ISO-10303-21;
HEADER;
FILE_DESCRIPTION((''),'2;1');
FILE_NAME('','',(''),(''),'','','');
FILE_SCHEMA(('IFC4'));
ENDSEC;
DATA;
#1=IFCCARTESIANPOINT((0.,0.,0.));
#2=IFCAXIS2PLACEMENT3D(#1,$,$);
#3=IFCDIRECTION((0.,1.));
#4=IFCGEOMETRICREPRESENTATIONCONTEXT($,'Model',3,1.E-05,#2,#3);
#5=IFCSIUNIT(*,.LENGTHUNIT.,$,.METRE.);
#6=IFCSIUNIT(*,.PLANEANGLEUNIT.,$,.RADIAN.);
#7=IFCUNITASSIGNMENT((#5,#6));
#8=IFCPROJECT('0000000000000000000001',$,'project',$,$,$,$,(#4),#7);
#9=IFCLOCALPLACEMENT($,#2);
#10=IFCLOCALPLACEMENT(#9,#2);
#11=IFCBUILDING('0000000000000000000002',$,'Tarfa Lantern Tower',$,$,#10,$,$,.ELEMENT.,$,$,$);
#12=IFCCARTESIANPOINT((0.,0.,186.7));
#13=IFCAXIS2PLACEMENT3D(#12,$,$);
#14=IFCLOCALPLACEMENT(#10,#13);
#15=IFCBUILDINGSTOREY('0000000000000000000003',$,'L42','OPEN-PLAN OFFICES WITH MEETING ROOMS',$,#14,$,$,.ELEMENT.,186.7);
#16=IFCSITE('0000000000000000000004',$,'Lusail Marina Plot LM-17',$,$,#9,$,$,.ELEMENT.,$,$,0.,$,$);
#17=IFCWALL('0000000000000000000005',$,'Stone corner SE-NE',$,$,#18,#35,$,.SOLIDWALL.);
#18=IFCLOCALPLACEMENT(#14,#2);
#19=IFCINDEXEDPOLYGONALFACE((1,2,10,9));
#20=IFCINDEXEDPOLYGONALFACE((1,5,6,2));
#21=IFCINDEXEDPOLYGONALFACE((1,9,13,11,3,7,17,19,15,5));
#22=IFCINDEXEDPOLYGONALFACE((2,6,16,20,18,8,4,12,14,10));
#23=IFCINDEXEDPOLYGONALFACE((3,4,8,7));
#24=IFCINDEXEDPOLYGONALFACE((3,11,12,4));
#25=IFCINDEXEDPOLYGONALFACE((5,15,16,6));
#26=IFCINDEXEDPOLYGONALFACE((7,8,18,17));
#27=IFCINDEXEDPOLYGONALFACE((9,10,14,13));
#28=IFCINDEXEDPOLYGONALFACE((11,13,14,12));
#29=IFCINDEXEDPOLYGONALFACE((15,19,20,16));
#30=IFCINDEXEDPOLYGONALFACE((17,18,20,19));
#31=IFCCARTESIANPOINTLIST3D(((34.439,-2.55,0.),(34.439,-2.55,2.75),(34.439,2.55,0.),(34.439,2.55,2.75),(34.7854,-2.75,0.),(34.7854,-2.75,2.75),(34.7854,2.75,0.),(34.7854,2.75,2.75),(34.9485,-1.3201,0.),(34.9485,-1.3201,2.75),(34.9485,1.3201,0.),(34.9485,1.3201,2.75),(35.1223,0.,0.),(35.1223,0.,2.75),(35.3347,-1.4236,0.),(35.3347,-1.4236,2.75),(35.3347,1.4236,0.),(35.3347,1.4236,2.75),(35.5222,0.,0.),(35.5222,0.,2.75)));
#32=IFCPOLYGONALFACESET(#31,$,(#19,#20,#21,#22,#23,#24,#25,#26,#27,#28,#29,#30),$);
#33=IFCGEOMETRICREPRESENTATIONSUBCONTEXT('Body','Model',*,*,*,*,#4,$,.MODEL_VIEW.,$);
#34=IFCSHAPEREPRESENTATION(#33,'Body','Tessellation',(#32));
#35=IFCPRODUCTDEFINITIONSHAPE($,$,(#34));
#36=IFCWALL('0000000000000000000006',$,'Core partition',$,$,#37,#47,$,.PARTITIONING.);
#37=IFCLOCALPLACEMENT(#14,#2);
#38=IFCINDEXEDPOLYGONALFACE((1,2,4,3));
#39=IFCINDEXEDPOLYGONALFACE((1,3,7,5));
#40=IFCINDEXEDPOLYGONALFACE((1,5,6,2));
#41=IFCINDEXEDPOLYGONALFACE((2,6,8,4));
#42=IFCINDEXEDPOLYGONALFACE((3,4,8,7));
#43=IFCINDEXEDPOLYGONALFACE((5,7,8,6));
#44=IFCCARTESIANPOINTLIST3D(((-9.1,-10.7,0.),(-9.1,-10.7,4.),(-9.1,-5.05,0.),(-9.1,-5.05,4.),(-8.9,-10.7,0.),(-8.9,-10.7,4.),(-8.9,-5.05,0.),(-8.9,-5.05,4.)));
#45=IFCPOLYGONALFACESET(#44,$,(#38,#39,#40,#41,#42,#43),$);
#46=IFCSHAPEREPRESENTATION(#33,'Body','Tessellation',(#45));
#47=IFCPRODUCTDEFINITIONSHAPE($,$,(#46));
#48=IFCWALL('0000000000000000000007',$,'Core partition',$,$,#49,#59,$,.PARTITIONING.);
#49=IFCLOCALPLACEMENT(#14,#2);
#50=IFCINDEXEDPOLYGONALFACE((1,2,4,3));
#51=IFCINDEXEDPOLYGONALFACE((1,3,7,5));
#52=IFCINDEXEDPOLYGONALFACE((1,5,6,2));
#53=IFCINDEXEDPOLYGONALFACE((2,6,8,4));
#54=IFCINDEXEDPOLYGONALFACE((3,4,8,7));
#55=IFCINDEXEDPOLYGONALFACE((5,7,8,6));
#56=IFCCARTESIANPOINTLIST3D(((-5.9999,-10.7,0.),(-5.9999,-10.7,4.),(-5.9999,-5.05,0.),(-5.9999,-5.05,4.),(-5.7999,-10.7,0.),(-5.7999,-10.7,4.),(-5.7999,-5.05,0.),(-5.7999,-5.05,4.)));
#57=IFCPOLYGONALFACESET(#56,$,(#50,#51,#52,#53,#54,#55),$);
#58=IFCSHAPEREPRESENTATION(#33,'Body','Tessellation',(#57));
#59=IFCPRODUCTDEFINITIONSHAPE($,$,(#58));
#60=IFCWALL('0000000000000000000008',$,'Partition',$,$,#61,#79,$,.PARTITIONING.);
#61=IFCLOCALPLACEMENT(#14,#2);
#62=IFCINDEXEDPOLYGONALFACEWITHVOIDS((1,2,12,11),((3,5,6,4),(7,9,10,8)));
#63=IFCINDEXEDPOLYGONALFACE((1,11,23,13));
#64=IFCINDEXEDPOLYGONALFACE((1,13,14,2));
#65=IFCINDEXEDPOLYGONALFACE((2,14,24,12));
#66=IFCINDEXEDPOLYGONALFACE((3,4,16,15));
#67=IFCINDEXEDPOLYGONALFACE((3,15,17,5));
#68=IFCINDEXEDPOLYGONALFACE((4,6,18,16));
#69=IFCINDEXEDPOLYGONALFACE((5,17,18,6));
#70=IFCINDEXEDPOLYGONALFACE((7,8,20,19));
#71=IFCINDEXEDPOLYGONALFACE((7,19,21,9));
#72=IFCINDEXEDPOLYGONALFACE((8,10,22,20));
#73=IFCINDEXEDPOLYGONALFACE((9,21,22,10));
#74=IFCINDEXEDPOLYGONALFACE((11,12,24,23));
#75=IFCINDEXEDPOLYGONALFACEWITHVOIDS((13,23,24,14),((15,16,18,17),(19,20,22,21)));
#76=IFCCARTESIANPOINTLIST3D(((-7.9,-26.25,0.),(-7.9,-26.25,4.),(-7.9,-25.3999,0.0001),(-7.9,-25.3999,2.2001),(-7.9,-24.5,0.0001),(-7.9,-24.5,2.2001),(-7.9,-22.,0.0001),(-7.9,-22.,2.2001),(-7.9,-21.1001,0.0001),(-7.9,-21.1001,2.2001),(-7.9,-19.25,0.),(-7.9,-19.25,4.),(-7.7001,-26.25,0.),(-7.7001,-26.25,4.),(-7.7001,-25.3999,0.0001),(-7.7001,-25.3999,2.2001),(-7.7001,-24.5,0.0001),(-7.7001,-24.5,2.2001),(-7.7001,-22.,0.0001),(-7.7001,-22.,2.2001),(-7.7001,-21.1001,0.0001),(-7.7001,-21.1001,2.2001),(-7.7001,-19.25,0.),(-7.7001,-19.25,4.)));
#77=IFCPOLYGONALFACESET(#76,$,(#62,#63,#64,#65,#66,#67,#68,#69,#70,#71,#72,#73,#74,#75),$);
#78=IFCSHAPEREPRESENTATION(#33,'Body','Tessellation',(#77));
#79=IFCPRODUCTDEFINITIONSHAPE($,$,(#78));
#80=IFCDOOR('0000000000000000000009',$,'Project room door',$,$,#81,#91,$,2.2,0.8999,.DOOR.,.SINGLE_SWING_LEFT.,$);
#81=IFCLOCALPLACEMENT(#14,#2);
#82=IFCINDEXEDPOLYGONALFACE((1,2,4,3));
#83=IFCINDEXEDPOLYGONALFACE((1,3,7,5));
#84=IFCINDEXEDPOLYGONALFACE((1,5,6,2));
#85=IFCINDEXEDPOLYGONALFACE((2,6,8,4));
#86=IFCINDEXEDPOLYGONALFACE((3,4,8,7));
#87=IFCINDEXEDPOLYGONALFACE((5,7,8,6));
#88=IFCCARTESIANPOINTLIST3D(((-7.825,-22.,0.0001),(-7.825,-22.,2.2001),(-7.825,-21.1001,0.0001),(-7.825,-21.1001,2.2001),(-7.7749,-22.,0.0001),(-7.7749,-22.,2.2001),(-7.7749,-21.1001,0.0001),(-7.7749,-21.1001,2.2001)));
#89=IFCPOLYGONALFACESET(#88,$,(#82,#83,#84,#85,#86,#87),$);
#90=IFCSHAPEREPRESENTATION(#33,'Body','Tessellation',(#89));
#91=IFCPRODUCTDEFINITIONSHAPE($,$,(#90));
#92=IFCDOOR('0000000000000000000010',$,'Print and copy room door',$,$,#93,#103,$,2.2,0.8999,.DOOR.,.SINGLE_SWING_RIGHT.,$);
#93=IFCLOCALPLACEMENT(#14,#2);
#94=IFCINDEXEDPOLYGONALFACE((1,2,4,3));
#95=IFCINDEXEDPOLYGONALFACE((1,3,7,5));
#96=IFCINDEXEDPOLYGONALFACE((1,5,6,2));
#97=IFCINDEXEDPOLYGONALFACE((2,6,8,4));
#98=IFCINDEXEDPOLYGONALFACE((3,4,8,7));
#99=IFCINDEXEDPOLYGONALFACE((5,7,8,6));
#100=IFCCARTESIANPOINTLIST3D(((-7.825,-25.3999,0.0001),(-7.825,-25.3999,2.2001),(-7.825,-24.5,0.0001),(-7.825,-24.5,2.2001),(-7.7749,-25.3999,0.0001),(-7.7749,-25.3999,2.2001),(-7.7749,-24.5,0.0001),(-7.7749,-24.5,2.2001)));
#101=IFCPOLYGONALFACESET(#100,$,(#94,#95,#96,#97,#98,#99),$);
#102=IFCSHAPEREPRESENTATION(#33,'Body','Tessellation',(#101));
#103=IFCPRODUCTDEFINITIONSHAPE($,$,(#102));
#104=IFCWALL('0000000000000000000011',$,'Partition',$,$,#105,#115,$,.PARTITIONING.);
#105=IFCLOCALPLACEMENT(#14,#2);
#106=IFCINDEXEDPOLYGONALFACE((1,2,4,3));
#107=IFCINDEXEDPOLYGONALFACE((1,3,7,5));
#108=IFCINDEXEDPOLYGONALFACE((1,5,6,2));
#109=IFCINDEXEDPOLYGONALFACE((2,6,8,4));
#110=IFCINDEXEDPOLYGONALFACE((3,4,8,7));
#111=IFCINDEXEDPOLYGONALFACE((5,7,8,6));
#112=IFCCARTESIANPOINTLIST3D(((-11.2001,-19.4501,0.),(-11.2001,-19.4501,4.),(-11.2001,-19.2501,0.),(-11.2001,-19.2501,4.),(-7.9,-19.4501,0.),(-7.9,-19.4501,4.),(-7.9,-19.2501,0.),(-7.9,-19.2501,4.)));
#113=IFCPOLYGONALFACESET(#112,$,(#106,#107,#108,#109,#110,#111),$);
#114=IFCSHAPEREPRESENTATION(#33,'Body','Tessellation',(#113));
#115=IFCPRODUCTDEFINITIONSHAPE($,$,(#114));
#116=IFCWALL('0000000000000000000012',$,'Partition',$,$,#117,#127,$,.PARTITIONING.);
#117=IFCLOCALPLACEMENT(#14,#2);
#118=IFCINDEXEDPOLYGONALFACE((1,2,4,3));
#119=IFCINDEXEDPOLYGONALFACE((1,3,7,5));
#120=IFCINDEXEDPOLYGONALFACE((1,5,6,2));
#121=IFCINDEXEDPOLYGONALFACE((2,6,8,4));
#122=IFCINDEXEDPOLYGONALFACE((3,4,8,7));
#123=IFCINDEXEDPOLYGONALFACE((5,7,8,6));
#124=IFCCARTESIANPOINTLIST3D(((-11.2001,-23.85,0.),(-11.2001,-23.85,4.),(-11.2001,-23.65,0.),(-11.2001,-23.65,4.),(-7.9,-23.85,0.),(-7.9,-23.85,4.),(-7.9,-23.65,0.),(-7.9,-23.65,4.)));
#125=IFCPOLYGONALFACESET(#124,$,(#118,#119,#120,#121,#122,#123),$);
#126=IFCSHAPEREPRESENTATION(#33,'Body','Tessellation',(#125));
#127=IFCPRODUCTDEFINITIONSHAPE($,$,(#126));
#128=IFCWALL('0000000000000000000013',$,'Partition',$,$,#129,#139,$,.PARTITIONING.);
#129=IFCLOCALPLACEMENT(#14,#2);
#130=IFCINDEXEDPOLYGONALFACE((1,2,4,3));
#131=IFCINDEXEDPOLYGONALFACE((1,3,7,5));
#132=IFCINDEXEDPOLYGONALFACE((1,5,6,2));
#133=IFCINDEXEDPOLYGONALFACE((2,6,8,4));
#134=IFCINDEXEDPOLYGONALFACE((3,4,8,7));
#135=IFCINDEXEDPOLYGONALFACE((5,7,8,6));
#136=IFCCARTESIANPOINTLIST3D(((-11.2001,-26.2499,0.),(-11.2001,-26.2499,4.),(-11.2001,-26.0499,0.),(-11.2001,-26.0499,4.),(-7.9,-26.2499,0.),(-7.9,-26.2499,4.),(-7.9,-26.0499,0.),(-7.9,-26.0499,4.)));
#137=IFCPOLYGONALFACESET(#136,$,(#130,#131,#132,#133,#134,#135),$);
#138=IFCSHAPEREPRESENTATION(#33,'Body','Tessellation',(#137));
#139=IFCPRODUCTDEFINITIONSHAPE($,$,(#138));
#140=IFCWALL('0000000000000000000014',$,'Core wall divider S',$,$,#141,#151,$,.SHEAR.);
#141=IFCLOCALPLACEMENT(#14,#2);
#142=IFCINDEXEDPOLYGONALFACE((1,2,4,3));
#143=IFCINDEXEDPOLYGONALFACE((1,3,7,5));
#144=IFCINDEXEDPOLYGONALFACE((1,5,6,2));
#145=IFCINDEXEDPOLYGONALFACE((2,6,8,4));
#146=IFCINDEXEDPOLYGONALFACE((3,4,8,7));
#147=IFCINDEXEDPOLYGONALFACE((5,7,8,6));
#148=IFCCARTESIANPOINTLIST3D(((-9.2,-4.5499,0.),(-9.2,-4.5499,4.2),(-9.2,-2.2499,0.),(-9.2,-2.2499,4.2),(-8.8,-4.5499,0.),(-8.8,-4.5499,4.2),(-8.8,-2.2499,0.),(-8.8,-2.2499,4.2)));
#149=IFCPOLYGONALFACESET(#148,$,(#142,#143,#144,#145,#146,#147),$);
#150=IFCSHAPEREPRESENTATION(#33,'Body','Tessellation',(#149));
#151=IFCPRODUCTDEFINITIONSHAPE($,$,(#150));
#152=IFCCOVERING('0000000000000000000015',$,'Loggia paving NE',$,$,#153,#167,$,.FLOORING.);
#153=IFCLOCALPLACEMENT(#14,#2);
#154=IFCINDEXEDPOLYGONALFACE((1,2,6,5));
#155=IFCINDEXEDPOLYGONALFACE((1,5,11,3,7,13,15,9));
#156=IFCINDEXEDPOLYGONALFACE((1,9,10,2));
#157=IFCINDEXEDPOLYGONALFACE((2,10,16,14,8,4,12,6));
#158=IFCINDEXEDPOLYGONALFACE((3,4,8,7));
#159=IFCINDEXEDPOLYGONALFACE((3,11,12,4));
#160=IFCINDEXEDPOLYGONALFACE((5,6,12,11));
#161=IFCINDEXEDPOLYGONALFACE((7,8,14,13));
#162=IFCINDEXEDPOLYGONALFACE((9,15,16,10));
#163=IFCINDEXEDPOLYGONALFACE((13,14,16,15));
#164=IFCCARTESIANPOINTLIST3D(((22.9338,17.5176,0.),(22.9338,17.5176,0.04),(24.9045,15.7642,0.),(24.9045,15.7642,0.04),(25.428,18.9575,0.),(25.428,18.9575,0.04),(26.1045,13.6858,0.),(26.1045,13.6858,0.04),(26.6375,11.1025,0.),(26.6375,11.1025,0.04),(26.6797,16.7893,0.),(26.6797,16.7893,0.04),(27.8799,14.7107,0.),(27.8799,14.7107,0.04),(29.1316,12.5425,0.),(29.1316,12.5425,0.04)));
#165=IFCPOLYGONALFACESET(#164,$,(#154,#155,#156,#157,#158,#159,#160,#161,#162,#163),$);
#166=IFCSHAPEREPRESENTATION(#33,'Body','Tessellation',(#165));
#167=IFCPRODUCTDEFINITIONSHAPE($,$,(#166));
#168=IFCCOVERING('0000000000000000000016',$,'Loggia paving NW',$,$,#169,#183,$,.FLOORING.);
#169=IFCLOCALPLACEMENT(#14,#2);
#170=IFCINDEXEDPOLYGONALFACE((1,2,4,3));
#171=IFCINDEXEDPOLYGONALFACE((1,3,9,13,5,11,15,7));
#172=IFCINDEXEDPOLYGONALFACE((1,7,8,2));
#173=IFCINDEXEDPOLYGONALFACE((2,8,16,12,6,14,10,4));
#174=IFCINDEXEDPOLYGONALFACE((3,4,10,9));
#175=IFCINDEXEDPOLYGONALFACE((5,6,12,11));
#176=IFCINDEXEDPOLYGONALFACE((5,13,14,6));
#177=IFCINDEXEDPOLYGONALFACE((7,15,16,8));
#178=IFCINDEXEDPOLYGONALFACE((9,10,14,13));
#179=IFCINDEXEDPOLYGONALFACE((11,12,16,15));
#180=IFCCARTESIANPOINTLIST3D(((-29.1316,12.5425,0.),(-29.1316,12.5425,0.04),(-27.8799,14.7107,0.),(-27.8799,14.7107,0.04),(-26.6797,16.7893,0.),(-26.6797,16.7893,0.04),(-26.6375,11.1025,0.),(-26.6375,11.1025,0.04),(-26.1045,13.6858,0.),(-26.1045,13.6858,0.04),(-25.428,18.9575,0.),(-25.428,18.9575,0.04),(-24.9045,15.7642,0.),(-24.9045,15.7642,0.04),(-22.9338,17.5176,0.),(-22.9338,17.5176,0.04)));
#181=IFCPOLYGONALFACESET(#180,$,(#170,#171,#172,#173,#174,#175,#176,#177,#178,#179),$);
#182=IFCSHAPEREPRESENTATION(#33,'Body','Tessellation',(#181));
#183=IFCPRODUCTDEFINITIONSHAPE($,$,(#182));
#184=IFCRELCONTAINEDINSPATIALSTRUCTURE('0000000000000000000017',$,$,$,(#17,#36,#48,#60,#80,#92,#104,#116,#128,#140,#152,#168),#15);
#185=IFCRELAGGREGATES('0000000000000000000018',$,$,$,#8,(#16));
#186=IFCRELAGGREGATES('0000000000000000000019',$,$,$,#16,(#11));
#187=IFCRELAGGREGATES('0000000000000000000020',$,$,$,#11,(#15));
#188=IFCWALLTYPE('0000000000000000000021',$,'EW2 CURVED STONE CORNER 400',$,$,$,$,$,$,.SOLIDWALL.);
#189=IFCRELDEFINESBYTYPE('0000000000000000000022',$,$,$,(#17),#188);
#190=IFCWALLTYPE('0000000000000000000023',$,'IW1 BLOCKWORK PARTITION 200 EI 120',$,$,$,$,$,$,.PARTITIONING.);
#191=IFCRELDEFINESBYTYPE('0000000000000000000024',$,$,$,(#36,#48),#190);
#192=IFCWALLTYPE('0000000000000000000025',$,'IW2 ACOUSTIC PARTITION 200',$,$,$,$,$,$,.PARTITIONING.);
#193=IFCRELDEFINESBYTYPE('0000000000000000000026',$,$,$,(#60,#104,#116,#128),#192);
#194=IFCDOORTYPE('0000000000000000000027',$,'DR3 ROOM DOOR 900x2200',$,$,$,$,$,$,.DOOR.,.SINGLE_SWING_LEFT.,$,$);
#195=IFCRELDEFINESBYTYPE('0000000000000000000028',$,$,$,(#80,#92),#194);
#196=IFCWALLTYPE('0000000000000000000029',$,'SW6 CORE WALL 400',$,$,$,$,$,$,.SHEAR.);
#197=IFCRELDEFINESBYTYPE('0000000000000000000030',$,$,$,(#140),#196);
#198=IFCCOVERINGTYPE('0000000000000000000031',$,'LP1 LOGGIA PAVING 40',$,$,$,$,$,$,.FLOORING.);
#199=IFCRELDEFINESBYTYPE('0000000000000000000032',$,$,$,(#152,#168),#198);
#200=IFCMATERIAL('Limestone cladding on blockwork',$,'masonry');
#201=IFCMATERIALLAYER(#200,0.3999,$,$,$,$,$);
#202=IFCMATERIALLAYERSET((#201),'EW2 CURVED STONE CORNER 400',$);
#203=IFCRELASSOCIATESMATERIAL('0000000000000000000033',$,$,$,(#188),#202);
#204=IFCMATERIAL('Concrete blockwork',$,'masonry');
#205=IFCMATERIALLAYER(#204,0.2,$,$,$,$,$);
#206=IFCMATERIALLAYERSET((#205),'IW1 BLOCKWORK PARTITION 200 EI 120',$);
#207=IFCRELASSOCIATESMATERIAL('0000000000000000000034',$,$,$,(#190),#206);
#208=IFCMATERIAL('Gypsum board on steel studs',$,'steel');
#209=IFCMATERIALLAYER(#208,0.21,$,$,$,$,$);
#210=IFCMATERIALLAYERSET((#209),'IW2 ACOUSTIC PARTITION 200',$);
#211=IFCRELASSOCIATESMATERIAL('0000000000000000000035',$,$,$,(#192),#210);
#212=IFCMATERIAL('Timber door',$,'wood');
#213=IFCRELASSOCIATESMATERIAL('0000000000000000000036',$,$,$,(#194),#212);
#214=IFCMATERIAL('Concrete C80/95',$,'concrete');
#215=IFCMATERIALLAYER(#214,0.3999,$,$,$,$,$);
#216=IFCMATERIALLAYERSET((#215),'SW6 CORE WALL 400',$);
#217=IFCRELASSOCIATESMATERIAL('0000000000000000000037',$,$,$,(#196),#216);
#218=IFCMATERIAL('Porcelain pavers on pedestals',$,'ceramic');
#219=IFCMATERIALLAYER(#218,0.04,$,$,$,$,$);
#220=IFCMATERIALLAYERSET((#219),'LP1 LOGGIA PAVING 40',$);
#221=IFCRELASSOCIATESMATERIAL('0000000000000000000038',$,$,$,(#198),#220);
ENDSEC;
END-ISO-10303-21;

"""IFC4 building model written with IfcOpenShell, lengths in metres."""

from ifc_helpers import new_model, si_unit, direction, frame, frame_2d, origin, place, context, subcontext, project, spatial, polyline, rectangle, outline, extrude, material, layer, layer_set, type_object, element, fill, save


model = new_model("IFC4")

# Units and contexts
model_context = context("Model", 3, precision=1e-05, world=origin(), true_north=direction((0.0, 1.0)))
body_context = subcontext(model_context, "Body", "Model", "MODEL_VIEW")
ifc_project = project(units=[si_unit("LENGTHUNIT", "METRE"), si_unit("PLANEANGLEUNIT", "RADIAN")], contexts=[model_context])

# Site, building, storey
site_placement = place(None, origin())
site = spatial("IfcSite", under=ifc_project, at=site_placement, Name="Lusail Marina Plot LM-17", CompositionType="ELEMENT", RefElevation=0.0)
building_placement = place(site_placement, origin())
building = spatial("IfcBuilding", under=site, at=building_placement, Name="Tarfa Lantern Tower", CompositionType="ELEMENT")
storey_placement = place(building_placement, frame((0.0, 0.0, 186.7)))
storey = spatial("IfcBuildingStorey", under=building, at=storey_placement, Name="L42", Description="OPEN-PLAN OFFICES WITH MEETING ROOMS", CompositionType="ELEMENT", Elevation=186.7)

# Walls
ifc_material_1 = material(Name="Limestone cladding on blockwork", Category="masonry")
ifc_layer_1 = layer(ifc_material_1, 0.3999)
ifc_layer_set_1 = layer_set([ifc_layer_1], Name="EW2 CURVED STONE CORNER 400")
wall_type_1 = type_object("IfcWallType", Name="EW2 CURVED STONE CORNER 400", PredefinedType="SOLIDWALL", material=ifc_layer_set_1)
wall_1_placement = place(storey_placement, origin())
element("IfcWall", 1, at=wall_1_placement, inside=storey, type_object=wall_type_1, Name="Stone corner SE-NE", PredefinedType="SOLIDWALL", context=body_context, shape_type="SweptSolid", body=[
    extrude(outline(polyline([(34.7854, -2.75), (35.3347, -1.4236), (35.5222, 0.0), (35.3347, 1.4236), (34.7854, 2.75), (34.439, 2.55), (34.9485, 1.3201), (35.1223, 0.0), (34.9485, -1.3201), (34.439, -2.55), (34.7854, -2.75)])), origin(), (0.0, 0.0, 1.0), 2.75),
])
ifc_material_2 = material(Name="Concrete blockwork", Category="masonry")
ifc_layer_2 = layer(ifc_material_2, 0.2)
ifc_layer_set_2 = layer_set([ifc_layer_2], Name="IW1 BLOCKWORK PARTITION 200 EI 120")
wall_type_2 = type_object("IfcWallType", Name="IW1 BLOCKWORK PARTITION 200 EI 120", PredefinedType="PARTITIONING", material=ifc_layer_set_2)
for number, where, z_axis, x_axis, name in (
    (2, (-9.0, -5.05, 0.0), (0.0, 0.0, 1.0), (0.0, -1.0, 0.0), "Core partition"),
    (3, (-5.8999, -5.05, 0.0), (0.0, 0.0, 1.0), (0.0, -1.0, 0.0), "Core partition"),
):
    element("IfcWall", number, at=place(storey_placement, frame(where, z_axis=z_axis, x_axis=x_axis)), inside=storey, type_object=wall_type_2, Name=name, PredefinedType="PARTITIONING", context=body_context, shape_type="SweptSolid", body=[
        extrude(rectangle(XDim=5.6499, YDim=0.2, at=frame_2d((2.825, 0.0))), origin(), (0.0, 0.0, 1.0), 4.0),
    ])

# Wall, openings, doors
ifc_material_3 = material(Name="Gypsum board on steel studs", Category="steel")
ifc_layer_3 = layer(ifc_material_3, 0.21)
ifc_layer_set_3 = layer_set([ifc_layer_3], Name="IW2 ACOUSTIC PARTITION 200")
wall_type_3 = type_object("IfcWallType", Name="IW2 ACOUSTIC PARTITION 200", PredefinedType="PARTITIONING", material=ifc_layer_set_3)
wall_2_placement = place(storey_placement, frame((-7.8, -19.25, 0.0), z_axis=(0.0, 0.0, 1.0), x_axis=(0.0, -1.0, 0.0)))
wall_2 = element("IfcWall", 4, at=wall_2_placement, inside=storey, type_object=wall_type_3, Name="Partition", PredefinedType="PARTITIONING", context=body_context, shape_type="SweptSolid", body=[
    extrude(rectangle(XDim=7.0, YDim=0.2, at=frame_2d((3.5, 0.0))), origin(), (0.0, 0.0, 1.0), 4.0),
])
opening_1_placement = place(wall_2_placement, frame((1.8501, 0.0, 0.0)))
opening_1 = element("IfcOpeningElement", 5, at=opening_1_placement, cuts=wall_2, PredefinedType="OPENING", context=body_context, shape_type="SweptSolid", body=[
    extrude(rectangle(XDim=0.8999, YDim=2.2, at=frame_2d((0.45, 1.1001))), frame((0.0, 0.1099, 0.0), z_axis=(0.0, -1.0, 0.0), x_axis=(1.0, 0.0, 0.0)), (0.0, 0.0, 1.0), 0.22),
])
opening_2_placement = place(wall_2_placement, frame((5.25, 0.0, 0.0)))
opening_2 = element("IfcOpeningElement", 6, at=opening_2_placement, cuts=wall_2, PredefinedType="OPENING", context=body_context, shape_type="SweptSolid", body=[
    extrude(rectangle(XDim=0.8999, YDim=2.2, at=frame_2d((0.45, 1.1001))), frame((0.0, 0.1099, 0.0), z_axis=(0.0, -1.0, 0.0), x_axis=(1.0, 0.0, 0.0)), (0.0, 0.0, 1.0), 0.22),
])
ifc_material_4 = material(Name="Timber door", Category="wood")
door_type = type_object("IfcDoorType", Name="DR3 ROOM DOOR 900x2200", OperationType="SINGLE_SWING_LEFT", PredefinedType="DOOR", material=ifc_material_4)
door_1_placement = place(opening_1_placement, frame((0.8999, 0.0, 0.0), z_axis=(0.0, 0.0, 1.0), x_axis=(-1.0, 0.0, 0.0)))
door_1 = element("IfcDoor", 7, at=door_1_placement, inside=storey, type_object=door_type, Name="Project room door", OperationType="SINGLE_SWING_LEFT", OverallHeight=2.2, OverallWidth=0.8999, PredefinedType="DOOR", context=body_context, shape_type="SweptSolid", body=[
    extrude(rectangle(XDim=0.8999, YDim=2.2, at=frame_2d((0.45, 1.1001))), frame((0.0, 0.0249, 0.0), z_axis=(0.0, -1.0, 0.0), x_axis=(1.0, 0.0, 0.0)), (0.0, 0.0, 1.0), 0.05),
])
fill(opening_1, door_1)
door_2_placement = place(opening_2_placement, frame((0.8999, 0.0, 0.0), z_axis=(0.0, 0.0, 1.0), x_axis=(-1.0, 0.0, 0.0)))
door_2 = element("IfcDoor", 8, at=door_2_placement, inside=storey, type_object=door_type, Name="Print and copy room door", OperationType="SINGLE_SWING_RIGHT", OverallHeight=2.2, OverallWidth=0.8999, PredefinedType="DOOR", context=body_context, shape_type="SweptSolid", body=[
    extrude(rectangle(XDim=0.8999, YDim=2.2, at=frame_2d((0.45, 1.1001))), frame((0.0, 0.0249, 0.0), z_axis=(0.0, -1.0, 0.0), x_axis=(1.0, 0.0, 0.0)), (0.0, 0.0, 1.0), 0.05),
])
fill(opening_2, door_2)

# Walls
for number, where, z_axis, x_axis, name in (
    (9, (-11.2, -19.3501, 0.0), (0.0, 0.0, 1.0), (1.0, 0.0, 0.0), "Partition"),
    (10, (-11.2, -23.75, 0.0), (0.0, 0.0, 1.0), (1.0, 0.0, 0.0), "Partition"),
    (11, (-11.2, -26.1499, 0.0), (0.0, 0.0, 1.0), (1.0, 0.0, 0.0), "Partition"),
):
    element("IfcWall", number, at=place(storey_placement, frame(where, z_axis=z_axis, x_axis=x_axis)), inside=storey, type_object=wall_type_3, Name=name, PredefinedType="PARTITIONING", context=body_context, shape_type="SweptSolid", body=[
        extrude(rectangle(XDim=3.3, YDim=0.2, at=frame_2d((1.6499, 0.0))), origin(), (0.0, 0.0, 1.0), 4.0),
    ])
ifc_material_5 = material(Name="Concrete C80/95", Category="concrete")
ifc_layer_4 = layer(ifc_material_5, 0.3999)
ifc_layer_set_4 = layer_set([ifc_layer_4], Name="SW6 CORE WALL 400")
wall_type_4 = type_object("IfcWallType", Name="SW6 CORE WALL 400", PredefinedType="SHEAR", material=ifc_layer_set_4)
wall_3_placement = place(storey_placement, frame((-9.0, -2.25, 0.0), z_axis=(0.0, 0.0, 1.0), x_axis=(0.0, -1.0, 0.0)))
element("IfcWall", 12, at=wall_3_placement, inside=storey, type_object=wall_type_4, Name="Core wall divider S", PredefinedType="SHEAR", context=body_context, shape_type="SweptSolid", body=[
    extrude(rectangle(XDim=2.3, YDim=0.3999, at=frame_2d((1.1499, 0.0))), origin(), (0.0, 0.0, 1.0), 4.2),
])

# Coverings
ifc_material_6 = material(Name="Porcelain pavers on pedestals", Category="ceramic")
ifc_layer_5 = layer(ifc_material_6, 0.04)
ifc_layer_set_5 = layer_set([ifc_layer_5], Name="LP1 LOGGIA PAVING 40")
covering_type = type_object("IfcCoveringType", Name="LP1 LOGGIA PAVING 40", PredefinedType="FLOORING", material=ifc_layer_set_5)
covering_1_placement = place(storey_placement, origin())
element("IfcCovering", 13, at=covering_1_placement, inside=storey, type_object=covering_type, Name="Loggia paving NE", PredefinedType="FLOORING", context=body_context, shape_type="SweptSolid", body=[
    extrude(outline(polyline([(29.1316, 12.5425), (26.6375, 11.1025), (22.9338, 17.5176), (25.428, 18.9575), (26.6797, 16.7893), (24.9045, 15.7642), (26.1045, 13.6858), (27.8799, 14.7107), (29.1316, 12.5425)])), origin(), (0.0, 0.0, 1.0), 0.04),
])
covering_2_placement = place(storey_placement, origin())
element("IfcCovering", 14, at=covering_2_placement, inside=storey, type_object=covering_type, Name="Loggia paving NW", PredefinedType="FLOORING", context=body_context, shape_type="SweptSolid", body=[
    extrude(outline(polyline([(-25.428, 18.9575), (-22.9338, 17.5176), (-26.6375, 11.1025), (-29.1316, 12.5425), (-27.8799, 14.7107), (-26.1045, 13.6858), (-24.9045, 15.7642), (-26.6797, 16.7893), (-25.428, 18.9575)])), origin(), (0.0, 0.0, 1.0), 0.04),
])

save(model, "model.ifc")
